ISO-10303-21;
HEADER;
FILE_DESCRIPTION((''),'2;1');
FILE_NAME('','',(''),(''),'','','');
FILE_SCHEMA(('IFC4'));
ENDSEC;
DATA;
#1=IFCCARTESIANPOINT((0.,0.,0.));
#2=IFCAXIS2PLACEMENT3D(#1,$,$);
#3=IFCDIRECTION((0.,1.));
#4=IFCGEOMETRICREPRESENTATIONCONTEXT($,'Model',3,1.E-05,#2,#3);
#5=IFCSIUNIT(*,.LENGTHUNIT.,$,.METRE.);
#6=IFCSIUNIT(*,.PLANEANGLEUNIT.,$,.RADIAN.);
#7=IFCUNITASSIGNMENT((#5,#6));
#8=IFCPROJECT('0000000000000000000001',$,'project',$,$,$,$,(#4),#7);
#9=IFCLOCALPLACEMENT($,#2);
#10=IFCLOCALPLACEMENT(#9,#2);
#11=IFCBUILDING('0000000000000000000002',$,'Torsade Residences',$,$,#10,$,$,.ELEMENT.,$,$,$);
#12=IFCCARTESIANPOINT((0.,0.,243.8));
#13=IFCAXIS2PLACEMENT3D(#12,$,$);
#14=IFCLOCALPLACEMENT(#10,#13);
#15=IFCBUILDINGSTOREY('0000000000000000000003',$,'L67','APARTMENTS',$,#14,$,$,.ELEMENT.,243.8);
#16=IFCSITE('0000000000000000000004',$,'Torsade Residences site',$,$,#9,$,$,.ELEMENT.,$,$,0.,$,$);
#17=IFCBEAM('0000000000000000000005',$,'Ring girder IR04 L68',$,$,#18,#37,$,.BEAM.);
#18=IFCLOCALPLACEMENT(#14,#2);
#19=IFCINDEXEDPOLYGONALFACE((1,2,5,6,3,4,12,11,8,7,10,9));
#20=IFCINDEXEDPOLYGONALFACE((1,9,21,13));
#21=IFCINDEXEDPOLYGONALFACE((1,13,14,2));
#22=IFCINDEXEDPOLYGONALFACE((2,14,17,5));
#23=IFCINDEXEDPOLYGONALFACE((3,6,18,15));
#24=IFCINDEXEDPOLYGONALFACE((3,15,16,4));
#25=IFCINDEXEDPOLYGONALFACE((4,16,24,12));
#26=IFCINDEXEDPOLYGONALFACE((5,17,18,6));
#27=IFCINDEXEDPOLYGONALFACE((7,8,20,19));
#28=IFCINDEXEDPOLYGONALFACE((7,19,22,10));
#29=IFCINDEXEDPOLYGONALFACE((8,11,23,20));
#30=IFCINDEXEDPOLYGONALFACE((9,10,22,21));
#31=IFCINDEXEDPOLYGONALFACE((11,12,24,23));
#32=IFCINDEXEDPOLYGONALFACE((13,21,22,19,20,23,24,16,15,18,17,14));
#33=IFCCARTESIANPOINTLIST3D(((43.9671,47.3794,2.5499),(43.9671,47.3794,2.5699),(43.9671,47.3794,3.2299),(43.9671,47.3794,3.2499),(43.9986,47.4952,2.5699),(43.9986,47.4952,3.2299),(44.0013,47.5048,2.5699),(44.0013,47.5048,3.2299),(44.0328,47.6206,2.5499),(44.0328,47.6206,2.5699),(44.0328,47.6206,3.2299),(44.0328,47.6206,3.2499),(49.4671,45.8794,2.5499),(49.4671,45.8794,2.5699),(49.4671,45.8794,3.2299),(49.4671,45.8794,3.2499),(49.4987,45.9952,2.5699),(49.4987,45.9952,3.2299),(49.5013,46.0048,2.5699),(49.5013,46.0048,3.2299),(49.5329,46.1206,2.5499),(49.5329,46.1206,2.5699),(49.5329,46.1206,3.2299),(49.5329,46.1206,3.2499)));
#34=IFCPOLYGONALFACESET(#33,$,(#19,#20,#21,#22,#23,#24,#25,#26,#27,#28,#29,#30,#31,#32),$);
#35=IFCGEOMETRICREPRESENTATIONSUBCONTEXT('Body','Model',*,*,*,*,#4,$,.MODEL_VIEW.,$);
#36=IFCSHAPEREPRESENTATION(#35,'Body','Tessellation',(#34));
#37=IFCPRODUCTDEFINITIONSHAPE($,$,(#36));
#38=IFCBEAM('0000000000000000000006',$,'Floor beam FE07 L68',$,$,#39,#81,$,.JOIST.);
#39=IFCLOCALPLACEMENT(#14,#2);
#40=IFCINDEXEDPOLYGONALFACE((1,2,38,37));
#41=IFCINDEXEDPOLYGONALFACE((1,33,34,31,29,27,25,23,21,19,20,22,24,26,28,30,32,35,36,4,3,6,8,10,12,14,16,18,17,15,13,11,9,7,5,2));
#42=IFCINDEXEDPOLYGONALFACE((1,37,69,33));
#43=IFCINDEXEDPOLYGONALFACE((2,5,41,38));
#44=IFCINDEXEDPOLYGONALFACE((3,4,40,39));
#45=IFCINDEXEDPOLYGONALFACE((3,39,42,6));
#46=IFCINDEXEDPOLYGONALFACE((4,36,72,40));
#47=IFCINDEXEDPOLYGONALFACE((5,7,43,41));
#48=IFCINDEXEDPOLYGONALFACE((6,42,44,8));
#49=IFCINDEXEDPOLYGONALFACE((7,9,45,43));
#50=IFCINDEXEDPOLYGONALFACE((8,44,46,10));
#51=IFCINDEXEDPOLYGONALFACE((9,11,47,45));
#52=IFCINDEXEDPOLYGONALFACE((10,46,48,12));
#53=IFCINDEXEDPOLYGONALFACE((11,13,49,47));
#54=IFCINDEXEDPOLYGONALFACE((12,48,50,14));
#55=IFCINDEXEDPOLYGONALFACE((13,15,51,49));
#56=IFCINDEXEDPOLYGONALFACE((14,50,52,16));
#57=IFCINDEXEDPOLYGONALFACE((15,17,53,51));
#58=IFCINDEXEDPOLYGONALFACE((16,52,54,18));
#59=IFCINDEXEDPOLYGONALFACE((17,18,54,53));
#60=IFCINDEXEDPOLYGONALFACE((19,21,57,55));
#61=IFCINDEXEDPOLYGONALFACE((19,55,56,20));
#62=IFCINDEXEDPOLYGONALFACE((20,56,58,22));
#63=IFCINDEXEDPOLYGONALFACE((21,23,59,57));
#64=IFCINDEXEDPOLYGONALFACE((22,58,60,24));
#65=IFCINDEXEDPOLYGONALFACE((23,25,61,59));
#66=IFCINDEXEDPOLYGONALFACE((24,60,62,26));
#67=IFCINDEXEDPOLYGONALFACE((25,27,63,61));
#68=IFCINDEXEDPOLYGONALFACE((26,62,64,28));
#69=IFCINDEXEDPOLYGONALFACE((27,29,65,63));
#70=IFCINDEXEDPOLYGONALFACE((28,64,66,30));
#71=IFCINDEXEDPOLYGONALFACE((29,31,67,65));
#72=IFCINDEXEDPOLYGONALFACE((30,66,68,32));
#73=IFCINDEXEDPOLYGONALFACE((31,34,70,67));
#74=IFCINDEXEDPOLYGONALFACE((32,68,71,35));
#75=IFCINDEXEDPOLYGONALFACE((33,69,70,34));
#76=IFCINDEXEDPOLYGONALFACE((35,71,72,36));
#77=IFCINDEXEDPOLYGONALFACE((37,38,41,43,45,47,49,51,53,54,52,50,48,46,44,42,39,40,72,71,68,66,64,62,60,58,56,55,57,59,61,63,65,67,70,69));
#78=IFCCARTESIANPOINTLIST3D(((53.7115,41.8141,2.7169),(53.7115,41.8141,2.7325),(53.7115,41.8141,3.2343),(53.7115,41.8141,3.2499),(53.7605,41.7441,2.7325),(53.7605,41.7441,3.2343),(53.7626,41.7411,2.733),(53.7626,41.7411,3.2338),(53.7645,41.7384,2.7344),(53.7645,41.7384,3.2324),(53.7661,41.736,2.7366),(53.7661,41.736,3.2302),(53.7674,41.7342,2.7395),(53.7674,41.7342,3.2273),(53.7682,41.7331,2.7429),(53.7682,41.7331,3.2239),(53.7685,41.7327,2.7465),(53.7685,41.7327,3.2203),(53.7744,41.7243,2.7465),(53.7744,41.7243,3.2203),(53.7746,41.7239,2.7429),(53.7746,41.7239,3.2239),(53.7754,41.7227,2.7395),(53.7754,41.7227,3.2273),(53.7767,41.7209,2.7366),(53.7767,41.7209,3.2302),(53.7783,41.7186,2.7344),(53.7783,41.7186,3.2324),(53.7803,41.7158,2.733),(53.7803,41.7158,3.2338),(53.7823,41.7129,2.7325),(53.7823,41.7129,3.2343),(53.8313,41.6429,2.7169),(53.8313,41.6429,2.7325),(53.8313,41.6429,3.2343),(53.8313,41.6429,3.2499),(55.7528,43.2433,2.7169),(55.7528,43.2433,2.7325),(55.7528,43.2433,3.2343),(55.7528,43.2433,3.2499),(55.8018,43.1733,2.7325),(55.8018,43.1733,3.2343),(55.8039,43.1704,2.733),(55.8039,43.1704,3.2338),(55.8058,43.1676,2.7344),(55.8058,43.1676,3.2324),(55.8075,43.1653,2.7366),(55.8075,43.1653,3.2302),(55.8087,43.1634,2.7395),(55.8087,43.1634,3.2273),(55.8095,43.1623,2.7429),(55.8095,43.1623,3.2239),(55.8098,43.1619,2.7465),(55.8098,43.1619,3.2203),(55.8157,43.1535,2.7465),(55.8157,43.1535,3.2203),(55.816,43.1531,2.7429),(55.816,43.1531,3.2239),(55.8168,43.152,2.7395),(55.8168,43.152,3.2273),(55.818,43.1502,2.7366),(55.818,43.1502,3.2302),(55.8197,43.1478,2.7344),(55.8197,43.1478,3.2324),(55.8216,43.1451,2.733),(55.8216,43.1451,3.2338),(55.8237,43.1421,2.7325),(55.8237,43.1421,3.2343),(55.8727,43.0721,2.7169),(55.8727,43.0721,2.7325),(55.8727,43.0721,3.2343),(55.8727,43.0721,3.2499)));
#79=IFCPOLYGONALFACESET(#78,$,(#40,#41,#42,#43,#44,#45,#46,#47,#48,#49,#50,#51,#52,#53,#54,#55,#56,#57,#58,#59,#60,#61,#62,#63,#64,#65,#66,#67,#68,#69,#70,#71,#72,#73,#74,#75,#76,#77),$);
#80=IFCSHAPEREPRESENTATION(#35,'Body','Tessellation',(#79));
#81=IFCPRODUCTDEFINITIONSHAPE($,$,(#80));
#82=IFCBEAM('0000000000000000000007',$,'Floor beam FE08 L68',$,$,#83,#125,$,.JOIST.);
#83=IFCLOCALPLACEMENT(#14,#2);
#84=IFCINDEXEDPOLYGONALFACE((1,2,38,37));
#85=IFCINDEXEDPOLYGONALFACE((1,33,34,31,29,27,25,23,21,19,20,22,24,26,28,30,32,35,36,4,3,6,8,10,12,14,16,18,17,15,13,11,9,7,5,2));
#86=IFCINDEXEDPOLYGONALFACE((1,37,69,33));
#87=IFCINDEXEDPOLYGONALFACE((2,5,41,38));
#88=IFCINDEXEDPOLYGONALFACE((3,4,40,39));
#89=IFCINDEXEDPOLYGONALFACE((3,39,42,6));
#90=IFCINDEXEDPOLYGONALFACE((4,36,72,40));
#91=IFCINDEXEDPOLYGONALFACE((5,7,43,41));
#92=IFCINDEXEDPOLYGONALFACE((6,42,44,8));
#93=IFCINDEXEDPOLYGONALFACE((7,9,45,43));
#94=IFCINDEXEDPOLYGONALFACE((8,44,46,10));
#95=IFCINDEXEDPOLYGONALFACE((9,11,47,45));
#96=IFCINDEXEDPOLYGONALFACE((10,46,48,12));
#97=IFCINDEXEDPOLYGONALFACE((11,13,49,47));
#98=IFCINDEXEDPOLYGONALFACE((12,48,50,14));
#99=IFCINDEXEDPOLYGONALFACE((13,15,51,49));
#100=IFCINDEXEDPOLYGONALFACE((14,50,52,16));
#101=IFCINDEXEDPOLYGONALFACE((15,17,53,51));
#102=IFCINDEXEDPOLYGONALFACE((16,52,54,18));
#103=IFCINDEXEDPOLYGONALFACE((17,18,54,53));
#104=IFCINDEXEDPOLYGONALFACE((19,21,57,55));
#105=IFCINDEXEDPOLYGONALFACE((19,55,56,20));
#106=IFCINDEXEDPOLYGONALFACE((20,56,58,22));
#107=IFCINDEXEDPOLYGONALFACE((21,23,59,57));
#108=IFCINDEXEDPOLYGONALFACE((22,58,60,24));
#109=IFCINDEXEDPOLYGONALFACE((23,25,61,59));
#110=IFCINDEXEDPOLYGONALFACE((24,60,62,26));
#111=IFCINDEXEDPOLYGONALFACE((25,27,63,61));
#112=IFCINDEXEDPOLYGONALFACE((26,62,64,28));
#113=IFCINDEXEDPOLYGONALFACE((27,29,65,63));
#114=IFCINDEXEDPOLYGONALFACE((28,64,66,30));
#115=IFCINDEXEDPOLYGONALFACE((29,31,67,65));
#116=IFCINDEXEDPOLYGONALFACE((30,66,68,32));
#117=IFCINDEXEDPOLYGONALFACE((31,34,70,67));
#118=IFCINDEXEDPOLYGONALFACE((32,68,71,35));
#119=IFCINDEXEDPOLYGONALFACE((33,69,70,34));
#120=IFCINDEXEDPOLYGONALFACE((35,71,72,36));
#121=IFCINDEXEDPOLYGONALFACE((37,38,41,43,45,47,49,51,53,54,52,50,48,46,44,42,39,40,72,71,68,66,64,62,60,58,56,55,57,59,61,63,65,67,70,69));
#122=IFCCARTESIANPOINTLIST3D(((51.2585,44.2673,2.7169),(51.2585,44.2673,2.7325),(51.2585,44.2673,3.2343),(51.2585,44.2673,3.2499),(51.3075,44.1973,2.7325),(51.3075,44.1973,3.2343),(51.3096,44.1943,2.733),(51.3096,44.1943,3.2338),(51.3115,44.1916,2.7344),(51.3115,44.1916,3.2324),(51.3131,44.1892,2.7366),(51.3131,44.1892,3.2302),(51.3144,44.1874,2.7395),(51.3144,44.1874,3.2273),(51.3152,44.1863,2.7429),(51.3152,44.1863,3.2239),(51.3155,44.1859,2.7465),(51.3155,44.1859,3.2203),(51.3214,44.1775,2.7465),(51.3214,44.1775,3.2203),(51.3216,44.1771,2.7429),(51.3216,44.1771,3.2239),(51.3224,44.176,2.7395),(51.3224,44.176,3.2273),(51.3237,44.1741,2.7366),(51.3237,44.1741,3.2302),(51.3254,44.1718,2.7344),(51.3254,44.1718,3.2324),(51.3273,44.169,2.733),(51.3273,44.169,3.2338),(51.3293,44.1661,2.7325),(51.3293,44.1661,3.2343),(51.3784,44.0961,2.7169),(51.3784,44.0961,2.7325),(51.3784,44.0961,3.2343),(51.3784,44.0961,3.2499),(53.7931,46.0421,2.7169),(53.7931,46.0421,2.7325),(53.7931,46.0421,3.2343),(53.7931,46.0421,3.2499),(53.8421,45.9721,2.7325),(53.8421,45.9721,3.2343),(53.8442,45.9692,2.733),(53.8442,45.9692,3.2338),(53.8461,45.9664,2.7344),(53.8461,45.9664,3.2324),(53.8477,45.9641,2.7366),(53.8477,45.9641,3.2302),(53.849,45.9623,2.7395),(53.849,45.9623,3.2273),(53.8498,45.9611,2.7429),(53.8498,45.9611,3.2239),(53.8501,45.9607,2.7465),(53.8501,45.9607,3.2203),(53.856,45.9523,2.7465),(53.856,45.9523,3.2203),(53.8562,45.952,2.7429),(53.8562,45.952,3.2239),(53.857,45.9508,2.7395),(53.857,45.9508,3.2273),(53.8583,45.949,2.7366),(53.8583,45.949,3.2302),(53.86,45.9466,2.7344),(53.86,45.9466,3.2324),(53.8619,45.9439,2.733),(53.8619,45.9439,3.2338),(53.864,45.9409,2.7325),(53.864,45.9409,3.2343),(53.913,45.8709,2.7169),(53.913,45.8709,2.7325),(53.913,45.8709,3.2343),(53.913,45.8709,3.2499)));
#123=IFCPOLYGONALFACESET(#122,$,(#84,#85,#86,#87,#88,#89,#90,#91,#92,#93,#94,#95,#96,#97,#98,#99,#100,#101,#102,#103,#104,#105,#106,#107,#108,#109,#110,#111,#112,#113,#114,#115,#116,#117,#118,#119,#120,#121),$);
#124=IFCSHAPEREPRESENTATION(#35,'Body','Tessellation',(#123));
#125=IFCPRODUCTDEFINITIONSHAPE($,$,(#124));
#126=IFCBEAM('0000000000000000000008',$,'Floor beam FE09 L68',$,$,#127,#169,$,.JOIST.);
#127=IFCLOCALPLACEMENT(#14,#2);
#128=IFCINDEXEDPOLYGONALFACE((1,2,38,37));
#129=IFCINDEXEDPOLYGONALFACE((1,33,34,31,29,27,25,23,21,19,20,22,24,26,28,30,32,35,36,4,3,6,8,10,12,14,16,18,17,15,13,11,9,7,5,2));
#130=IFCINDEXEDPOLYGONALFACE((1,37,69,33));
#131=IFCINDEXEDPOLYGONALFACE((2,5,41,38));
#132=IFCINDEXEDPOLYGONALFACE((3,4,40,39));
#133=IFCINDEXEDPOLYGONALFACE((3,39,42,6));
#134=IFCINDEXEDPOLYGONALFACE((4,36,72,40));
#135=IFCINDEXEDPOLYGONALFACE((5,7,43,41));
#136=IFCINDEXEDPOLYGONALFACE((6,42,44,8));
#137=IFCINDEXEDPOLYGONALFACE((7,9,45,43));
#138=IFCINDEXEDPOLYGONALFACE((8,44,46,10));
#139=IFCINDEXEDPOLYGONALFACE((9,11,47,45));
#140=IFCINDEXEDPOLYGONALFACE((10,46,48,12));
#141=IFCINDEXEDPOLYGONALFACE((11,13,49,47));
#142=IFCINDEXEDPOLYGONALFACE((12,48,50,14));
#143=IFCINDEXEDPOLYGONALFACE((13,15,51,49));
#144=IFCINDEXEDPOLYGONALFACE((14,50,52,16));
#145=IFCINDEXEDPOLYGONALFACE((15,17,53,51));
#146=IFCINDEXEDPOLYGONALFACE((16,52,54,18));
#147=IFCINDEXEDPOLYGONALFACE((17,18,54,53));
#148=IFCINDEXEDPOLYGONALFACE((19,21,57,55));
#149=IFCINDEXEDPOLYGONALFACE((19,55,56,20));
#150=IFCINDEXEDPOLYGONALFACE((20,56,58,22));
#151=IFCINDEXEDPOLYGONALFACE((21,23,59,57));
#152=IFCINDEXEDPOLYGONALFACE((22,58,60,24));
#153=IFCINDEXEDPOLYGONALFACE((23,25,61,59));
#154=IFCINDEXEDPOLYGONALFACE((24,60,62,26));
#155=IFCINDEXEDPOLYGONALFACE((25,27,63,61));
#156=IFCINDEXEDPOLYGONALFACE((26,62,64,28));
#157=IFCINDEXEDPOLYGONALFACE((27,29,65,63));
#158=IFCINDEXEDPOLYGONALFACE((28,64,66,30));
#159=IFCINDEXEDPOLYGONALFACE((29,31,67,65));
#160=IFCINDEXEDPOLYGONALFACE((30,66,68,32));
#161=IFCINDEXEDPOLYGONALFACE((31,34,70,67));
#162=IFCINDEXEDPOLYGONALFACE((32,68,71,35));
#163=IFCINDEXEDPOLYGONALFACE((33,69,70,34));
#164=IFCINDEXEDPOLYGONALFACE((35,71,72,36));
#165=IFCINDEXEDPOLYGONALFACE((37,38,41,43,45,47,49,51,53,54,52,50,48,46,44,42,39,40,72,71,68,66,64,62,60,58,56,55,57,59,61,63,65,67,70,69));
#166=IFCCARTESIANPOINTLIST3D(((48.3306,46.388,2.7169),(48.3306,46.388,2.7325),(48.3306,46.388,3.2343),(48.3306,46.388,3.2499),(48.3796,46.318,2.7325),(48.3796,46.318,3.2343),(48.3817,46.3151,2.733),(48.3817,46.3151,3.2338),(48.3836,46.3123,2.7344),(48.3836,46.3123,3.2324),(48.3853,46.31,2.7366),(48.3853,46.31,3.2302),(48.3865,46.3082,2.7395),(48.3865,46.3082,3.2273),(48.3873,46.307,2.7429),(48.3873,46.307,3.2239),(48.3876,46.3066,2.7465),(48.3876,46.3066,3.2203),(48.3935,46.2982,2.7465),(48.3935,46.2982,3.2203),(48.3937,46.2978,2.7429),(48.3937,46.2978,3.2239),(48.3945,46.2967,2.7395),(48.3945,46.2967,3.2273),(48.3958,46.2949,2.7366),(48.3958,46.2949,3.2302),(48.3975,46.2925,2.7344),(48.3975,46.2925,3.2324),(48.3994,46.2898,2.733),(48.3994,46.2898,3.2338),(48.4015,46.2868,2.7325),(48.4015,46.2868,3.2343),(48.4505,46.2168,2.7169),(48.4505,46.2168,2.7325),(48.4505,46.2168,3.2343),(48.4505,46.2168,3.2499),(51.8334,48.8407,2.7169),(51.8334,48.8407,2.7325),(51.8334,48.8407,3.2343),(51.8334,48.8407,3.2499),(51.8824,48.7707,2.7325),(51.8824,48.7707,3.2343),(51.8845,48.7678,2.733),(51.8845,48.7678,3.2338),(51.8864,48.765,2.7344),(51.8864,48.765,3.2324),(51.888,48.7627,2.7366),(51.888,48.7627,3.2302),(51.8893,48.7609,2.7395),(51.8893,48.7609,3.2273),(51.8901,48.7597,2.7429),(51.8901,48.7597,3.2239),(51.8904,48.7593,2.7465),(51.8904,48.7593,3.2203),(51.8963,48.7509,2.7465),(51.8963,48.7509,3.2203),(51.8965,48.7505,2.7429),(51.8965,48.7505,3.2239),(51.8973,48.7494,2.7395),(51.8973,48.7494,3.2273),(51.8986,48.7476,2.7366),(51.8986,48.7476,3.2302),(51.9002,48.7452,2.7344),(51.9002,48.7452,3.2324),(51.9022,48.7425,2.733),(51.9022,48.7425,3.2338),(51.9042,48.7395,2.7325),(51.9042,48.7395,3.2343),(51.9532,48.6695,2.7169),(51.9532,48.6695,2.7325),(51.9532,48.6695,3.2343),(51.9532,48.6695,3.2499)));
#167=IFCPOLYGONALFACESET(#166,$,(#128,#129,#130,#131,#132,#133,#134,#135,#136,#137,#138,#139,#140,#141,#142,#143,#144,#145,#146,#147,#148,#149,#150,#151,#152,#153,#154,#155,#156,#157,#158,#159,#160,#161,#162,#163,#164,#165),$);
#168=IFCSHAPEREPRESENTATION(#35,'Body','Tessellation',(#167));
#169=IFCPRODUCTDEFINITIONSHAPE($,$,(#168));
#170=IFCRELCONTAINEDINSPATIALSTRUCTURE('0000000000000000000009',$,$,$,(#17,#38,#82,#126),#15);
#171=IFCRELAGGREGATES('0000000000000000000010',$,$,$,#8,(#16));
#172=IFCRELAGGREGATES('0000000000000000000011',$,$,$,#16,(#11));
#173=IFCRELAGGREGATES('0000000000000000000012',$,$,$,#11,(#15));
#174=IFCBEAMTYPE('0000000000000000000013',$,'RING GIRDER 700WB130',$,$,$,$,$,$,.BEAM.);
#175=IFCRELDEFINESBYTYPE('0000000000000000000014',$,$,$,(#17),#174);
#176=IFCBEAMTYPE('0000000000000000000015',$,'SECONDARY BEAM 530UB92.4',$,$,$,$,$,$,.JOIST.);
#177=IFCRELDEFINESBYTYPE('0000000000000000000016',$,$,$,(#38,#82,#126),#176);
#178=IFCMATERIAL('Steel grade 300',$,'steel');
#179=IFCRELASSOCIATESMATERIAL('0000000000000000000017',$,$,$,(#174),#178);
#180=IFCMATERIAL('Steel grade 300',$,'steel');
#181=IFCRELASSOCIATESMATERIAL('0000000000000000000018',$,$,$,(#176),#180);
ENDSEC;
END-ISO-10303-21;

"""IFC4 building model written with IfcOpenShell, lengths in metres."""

from ifc_helpers import new_model, si_unit, direction, frame, origin, origin_2d, place, context, subcontext, project, spatial, i_section, extrude, material, material_profile, profile_set, type_object, element, save


model = new_model("IFC4")

# Units and contexts
model_context = context("Model", 3, precision=1e-05, world=origin(), true_north=direction((0.0, 1.0)))
body_context = subcontext(model_context, "Body", "Model", "MODEL_VIEW")
ifc_project = project(units=[si_unit("LENGTHUNIT", "METRE"), si_unit("PLANEANGLEUNIT", "RADIAN")], contexts=[model_context])

# Site, building, storey
site_placement = place(None, origin())
site = spatial("IfcSite", under=ifc_project, at=site_placement, Name="Torsade Residences site", CompositionType="ELEMENT", RefElevation=0.0)
building_placement = place(site_placement, origin())
building = spatial("IfcBuilding", under=site, at=building_placement, Name="Torsade Residences", CompositionType="ELEMENT")
storey_placement = place(building_placement, frame((0.0, 0.0, 243.8)))
storey = spatial("IfcBuildingStorey", under=building, at=storey_placement, Name="L67", Description="APARTMENTS", CompositionType="ELEMENT", Elevation=243.8)

# Beams
ifc_material_1 = material(Name="Steel grade 300", Category="steel")
ifc_material_profile_1 = material_profile(ifc_material_1, i_section(OverallWidth=0.25, OverallDepth=0.7, WebThickness=0.01, FlangeThickness=0.02, at=origin_2d()), Name="700WB130")
ifc_profile_set_1 = profile_set([ifc_material_profile_1], Name="Steel grade 300")
beam_type_1 = type_object("IfcBeamType", Name="RING GIRDER 700WB130", PredefinedType="BEAM", material=ifc_profile_set_1)
beam_1_placement = place(storey_placement, frame((49.5, 46.0, 2.8999), z_axis=(-0.964764, 0.263117, 0.0), x_axis=(-0.263117, -0.964764, 0.0)))
element("IfcBeam", 1, at=beam_1_placement, inside=storey, type_object=beam_type_1, Name="Ring girder IR04 L68", PredefinedType="BEAM", context=body_context, shape_type="SweptSolid", body=[
    extrude(i_section(OverallWidth=0.25, OverallDepth=0.7, WebThickness=0.01, FlangeThickness=0.02, at=origin_2d()), origin(), (0.0, 0.0, 1.0), 5.7009),
])
ifc_material_2 = material(Name="Steel grade 300", Category="steel")
ifc_material_profile_2 = material_profile(ifc_material_2, i_section(OverallWidth=0.209, OverallDepth=0.533, WebThickness=0.0103, FlangeThickness=0.0156, FilletRadius=0.0139, at=origin_2d()), Name="530UB92.4")
ifc_profile_set_2 = profile_set([ifc_material_profile_2], Name="Steel grade 300")
beam_type_2 = type_object("IfcBeamType", Name="SECONDARY BEAM 530UB92.4", PredefinedType="JOIST", material=ifc_profile_set_2)
beam_2_placement = place(storey_placement, frame((55.8127, 43.1577, 2.9834), z_axis=(-0.819172, -0.573548, 0.0), x_axis=(0.573548, -0.819172, 0.0)))
element("IfcBeam", 2, at=beam_2_placement, inside=storey, type_object=beam_type_2, Name="Floor beam FE07 L68", PredefinedType="JOIST", context=body_context, shape_type="SweptSolid", body=[
    extrude(i_section(OverallWidth=0.209, OverallDepth=0.533, WebThickness=0.0103, FlangeThickness=0.0156, FilletRadius=0.0139, at=origin_2d()), origin(), (0.0, 0.0, 1.0), 2.4919),
])
beam_3_placement = place(storey_placement, frame((53.853, 45.9565, 2.9834), z_axis=(-0.819136, -0.5736, 0.0), x_axis=(0.5736, -0.819136, 0.0)))
element("IfcBeam", 3, at=beam_3_placement, inside=storey, type_object=beam_type_2, Name="Floor beam FE08 L68", PredefinedType="JOIST", context=body_context, shape_type="SweptSolid", body=[
    extrude(i_section(OverallWidth=0.209, OverallDepth=0.533, WebThickness=0.0103, FlangeThickness=0.0156, FilletRadius=0.0139, at=origin_2d()), origin(), (0.0, 0.0, 1.0), 3.0942),
])
beam_4_placement = place(storey_placement, frame((51.8933, 48.7551, 2.9834), z_axis=(-0.819149, -0.573581, 0.0), x_axis=(0.573581, -0.819149, 0.0)))
element("IfcBeam", 4, at=beam_4_placement, inside=storey, type_object=beam_type_2, Name="Floor beam FE09 L68", PredefinedType="JOIST", context=body_context, shape_type="SweptSolid", body=[
    extrude(i_section(OverallWidth=0.209, OverallDepth=0.533, WebThickness=0.0103, FlangeThickness=0.0156, FilletRadius=0.0139, at=origin_2d()), origin(), (0.0, 0.0, 1.0), 4.2761),
])

save(model, "model.ifc")
